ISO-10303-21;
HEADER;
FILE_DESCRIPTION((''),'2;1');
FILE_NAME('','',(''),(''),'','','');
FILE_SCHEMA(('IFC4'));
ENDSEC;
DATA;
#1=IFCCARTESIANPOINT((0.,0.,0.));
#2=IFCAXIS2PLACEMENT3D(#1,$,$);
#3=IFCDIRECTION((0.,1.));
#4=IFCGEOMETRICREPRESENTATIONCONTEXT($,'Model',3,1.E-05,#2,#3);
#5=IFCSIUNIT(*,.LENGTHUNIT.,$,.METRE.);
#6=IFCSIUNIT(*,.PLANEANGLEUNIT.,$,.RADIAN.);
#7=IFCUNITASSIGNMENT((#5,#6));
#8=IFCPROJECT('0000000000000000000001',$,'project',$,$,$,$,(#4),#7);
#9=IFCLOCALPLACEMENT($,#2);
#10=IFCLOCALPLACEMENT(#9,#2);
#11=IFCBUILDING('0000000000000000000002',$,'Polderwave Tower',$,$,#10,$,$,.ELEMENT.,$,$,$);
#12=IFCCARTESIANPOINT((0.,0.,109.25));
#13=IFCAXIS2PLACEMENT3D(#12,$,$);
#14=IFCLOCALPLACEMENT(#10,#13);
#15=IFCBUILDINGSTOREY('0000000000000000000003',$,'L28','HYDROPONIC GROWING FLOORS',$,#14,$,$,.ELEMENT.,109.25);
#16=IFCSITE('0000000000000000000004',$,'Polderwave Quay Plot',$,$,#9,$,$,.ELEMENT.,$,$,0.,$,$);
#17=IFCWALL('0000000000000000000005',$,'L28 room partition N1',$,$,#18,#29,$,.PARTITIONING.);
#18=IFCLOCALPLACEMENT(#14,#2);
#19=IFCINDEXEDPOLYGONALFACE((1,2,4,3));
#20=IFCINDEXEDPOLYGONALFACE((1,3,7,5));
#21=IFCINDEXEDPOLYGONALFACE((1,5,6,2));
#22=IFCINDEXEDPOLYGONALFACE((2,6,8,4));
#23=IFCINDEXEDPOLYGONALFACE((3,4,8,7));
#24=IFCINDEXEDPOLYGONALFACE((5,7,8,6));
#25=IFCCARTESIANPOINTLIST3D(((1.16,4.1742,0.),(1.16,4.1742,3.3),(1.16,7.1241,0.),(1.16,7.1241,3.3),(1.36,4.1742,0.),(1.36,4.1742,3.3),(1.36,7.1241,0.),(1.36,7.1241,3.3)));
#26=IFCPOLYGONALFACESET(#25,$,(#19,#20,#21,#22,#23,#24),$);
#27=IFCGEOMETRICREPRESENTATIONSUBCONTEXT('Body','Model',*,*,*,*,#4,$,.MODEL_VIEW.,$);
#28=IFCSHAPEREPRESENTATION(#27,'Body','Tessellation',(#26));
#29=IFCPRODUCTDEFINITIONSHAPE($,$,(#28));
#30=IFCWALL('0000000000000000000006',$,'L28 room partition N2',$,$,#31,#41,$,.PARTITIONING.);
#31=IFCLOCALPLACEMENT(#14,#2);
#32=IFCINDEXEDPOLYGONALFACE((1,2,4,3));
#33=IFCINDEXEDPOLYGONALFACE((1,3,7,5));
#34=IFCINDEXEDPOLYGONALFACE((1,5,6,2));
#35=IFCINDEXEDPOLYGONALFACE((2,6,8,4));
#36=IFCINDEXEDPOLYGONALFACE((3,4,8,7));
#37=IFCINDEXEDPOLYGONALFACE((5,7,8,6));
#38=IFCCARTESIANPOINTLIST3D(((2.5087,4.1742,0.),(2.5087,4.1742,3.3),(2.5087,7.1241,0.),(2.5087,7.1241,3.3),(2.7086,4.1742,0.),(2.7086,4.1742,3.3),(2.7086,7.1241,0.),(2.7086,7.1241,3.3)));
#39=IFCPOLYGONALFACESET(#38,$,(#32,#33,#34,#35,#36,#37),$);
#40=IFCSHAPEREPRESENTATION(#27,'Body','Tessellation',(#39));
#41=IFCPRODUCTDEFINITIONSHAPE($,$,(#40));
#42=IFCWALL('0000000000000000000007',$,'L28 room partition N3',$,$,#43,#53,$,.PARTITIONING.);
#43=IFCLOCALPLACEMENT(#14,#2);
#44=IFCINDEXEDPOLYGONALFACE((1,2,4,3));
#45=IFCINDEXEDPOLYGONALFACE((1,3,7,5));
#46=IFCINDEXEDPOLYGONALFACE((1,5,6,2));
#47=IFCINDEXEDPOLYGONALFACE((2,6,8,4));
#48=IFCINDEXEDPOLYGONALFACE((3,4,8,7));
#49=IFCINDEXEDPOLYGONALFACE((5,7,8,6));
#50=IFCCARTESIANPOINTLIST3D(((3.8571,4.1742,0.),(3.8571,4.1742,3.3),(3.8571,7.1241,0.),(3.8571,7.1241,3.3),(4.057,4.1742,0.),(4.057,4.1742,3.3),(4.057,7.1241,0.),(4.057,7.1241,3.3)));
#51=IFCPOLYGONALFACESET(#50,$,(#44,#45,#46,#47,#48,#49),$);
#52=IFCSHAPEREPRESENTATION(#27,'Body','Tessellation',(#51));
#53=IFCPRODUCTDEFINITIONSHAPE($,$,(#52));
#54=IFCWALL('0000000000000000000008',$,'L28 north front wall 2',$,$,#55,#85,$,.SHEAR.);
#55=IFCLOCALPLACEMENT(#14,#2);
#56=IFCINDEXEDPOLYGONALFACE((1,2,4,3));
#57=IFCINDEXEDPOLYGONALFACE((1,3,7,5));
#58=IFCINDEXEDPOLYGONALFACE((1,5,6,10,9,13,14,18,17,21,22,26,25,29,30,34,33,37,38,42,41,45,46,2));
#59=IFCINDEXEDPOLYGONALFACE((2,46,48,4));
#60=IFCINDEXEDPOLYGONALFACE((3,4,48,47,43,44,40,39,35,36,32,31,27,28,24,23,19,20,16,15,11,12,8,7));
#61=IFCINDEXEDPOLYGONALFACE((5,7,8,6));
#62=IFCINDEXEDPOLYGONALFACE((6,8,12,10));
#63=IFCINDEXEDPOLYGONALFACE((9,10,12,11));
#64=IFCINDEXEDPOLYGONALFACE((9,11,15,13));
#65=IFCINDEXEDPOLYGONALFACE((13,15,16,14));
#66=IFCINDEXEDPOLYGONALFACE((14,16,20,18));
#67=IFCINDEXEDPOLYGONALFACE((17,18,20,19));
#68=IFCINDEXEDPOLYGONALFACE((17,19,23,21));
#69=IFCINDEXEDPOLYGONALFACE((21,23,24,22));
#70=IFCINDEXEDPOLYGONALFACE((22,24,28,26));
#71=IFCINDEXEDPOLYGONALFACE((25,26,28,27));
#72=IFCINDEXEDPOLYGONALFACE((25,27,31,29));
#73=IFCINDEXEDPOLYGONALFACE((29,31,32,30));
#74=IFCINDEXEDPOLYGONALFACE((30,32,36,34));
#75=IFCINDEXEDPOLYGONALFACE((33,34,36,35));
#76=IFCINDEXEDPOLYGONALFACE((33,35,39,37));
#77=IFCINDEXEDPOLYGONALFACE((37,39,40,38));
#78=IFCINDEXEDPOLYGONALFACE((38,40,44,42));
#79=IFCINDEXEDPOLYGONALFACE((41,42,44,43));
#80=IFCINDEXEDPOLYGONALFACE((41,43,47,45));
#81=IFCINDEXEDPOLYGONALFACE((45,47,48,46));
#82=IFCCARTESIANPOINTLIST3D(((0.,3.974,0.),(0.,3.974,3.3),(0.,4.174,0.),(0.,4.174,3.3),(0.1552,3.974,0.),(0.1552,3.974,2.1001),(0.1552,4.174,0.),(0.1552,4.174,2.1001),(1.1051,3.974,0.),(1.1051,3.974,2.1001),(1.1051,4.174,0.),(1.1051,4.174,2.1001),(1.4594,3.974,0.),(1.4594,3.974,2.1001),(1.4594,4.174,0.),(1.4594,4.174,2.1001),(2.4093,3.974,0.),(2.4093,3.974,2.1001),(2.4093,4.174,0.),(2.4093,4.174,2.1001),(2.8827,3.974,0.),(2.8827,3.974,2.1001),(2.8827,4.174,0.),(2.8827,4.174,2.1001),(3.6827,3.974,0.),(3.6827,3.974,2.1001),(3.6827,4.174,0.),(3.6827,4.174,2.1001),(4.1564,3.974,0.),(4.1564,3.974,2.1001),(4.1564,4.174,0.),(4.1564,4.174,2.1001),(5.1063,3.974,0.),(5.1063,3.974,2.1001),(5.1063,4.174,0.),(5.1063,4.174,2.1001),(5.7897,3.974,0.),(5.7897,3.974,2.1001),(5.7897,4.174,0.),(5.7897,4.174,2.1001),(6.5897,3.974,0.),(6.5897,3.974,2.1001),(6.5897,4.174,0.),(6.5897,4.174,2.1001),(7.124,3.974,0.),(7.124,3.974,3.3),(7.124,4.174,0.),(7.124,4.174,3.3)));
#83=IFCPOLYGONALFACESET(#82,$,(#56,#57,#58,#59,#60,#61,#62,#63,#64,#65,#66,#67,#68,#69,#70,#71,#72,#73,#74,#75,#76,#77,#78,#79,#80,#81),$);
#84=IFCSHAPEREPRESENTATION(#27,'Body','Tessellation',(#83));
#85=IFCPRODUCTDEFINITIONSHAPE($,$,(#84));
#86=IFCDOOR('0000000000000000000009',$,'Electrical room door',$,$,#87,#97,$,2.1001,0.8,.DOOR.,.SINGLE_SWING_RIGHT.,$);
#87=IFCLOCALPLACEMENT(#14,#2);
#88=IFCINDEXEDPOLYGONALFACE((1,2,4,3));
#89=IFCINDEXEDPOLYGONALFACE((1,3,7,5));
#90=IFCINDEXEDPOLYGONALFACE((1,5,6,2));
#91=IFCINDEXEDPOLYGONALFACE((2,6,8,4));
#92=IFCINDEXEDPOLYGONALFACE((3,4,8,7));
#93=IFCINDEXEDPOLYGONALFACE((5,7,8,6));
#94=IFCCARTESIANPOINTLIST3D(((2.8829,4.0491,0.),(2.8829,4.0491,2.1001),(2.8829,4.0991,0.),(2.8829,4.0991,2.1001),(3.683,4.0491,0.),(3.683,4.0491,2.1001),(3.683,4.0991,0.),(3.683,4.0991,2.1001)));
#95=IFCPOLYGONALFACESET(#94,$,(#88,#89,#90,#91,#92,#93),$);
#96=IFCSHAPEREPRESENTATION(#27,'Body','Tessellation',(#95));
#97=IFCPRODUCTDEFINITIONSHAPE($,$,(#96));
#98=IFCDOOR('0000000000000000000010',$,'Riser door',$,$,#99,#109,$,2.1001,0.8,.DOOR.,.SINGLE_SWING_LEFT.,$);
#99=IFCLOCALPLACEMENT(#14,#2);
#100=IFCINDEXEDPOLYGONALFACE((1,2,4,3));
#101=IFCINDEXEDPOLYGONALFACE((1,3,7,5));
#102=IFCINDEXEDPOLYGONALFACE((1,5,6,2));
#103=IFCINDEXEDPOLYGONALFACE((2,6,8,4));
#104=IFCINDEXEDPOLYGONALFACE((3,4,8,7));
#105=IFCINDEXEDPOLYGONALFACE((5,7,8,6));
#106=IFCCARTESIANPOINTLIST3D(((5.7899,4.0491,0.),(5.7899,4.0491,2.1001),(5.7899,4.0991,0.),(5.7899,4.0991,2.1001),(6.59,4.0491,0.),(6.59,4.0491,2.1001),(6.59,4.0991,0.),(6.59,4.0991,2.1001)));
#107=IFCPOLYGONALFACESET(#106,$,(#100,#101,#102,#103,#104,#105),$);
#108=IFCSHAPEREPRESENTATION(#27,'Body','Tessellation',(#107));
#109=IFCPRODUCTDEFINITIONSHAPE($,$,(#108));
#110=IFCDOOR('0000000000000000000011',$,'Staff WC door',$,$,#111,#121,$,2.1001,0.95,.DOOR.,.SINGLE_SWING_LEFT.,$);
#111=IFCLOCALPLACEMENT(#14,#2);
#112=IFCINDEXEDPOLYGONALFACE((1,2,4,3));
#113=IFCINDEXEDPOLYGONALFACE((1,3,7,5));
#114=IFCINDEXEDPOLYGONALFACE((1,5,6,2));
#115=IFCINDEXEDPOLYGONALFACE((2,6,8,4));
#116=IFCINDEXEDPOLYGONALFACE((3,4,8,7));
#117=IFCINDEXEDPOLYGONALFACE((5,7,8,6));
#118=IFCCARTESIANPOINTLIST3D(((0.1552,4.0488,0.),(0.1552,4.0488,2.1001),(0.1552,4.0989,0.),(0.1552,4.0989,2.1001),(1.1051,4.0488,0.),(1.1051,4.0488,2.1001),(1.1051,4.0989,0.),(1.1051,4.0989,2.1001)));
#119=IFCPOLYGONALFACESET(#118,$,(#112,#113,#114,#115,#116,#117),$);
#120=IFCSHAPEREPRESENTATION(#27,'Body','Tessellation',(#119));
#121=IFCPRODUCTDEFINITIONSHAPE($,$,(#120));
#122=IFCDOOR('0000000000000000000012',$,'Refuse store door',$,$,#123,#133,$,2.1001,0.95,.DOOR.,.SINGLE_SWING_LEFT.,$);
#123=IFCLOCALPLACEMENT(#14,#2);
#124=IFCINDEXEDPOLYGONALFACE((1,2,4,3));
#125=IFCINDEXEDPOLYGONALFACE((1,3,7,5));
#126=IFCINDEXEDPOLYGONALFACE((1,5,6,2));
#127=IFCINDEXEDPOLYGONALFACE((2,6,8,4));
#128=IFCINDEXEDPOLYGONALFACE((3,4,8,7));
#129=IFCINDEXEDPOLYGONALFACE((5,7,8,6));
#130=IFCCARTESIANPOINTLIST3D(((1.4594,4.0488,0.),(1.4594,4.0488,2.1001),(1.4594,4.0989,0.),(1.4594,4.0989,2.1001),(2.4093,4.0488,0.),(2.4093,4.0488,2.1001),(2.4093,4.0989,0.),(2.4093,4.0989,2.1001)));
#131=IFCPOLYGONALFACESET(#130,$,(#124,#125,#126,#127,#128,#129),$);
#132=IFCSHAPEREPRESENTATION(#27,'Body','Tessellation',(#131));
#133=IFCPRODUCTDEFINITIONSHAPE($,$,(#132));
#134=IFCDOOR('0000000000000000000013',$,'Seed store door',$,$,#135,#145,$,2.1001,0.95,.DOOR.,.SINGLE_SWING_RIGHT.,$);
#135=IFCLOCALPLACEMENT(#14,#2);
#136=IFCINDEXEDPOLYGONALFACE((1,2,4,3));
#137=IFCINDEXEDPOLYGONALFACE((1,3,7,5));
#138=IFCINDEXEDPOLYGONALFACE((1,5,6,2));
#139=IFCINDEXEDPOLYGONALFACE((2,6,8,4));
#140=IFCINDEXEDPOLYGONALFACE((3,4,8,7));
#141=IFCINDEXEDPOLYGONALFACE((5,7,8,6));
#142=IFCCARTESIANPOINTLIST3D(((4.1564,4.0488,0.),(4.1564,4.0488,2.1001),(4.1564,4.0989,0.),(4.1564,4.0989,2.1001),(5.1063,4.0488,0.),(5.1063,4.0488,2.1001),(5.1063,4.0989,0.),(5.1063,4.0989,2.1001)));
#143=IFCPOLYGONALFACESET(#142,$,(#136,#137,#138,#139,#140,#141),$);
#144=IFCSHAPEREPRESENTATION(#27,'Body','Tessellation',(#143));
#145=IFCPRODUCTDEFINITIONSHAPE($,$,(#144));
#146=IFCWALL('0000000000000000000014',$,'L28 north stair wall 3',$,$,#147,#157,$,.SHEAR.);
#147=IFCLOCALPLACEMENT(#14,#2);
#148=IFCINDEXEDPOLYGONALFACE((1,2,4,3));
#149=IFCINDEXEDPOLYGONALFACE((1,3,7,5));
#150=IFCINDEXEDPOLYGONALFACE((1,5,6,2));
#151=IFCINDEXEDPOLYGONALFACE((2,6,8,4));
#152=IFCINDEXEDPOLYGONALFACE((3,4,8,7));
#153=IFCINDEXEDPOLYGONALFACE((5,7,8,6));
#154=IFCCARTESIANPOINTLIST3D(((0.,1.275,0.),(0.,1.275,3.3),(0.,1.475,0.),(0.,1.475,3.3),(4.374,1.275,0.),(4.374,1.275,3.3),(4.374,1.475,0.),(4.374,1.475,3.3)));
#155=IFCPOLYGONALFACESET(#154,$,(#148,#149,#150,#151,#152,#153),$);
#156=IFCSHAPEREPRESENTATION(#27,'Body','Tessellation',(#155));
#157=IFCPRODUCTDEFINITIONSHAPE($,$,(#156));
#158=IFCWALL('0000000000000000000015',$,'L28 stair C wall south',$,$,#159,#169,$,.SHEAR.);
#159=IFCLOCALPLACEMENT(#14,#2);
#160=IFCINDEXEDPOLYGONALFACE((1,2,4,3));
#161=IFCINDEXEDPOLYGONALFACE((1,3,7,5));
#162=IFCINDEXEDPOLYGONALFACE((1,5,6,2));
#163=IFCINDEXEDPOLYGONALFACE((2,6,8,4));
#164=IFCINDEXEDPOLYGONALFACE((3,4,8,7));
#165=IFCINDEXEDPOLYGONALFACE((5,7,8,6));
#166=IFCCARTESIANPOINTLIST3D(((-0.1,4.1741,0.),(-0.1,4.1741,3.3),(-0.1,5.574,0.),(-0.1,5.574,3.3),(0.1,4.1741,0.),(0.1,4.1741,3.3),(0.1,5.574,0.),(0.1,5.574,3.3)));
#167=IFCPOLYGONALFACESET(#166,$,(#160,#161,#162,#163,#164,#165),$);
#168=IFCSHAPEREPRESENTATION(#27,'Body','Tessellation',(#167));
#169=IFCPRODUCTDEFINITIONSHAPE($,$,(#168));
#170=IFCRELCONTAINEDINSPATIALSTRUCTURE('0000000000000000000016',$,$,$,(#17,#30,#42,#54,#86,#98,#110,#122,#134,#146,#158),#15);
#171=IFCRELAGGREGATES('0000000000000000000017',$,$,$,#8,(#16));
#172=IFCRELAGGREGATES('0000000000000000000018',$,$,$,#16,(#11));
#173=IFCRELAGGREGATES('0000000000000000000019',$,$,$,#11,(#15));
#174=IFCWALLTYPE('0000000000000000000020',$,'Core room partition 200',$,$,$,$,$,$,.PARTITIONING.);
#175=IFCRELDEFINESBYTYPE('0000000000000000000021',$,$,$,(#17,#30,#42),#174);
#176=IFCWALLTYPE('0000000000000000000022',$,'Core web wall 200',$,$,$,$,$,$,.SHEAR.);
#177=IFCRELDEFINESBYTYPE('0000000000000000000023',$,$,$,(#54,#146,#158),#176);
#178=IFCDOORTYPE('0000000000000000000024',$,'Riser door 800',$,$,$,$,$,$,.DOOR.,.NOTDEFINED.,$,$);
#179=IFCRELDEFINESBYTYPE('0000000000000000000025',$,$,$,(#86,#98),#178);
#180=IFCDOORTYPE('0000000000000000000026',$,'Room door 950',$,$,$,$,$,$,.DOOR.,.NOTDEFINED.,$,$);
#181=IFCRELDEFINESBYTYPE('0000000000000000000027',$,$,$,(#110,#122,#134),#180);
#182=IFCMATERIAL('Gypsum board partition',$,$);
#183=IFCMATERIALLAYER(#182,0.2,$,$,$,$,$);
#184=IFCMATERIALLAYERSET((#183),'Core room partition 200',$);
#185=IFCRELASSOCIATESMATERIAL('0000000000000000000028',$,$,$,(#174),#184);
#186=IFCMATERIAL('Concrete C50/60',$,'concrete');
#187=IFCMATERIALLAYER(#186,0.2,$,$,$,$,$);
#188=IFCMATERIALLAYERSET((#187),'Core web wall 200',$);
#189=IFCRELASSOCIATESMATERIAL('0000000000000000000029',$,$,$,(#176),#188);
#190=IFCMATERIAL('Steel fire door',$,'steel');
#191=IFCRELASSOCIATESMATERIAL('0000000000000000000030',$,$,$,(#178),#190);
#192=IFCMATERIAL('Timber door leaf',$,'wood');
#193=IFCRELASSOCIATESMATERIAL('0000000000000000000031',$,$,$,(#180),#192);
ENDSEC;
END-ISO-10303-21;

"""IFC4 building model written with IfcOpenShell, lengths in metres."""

from ifc_helpers import new_model, si_unit, direction, frame, frame_2d, origin, place, context, subcontext, project, spatial, rectangle, extrude, material, layer, layer_set, type_object, element, fill, save


model = new_model("IFC4")

# Units and contexts
model_context = context("Model", 3, precision=1e-05, world=origin(), true_north=direction((0.0, 1.0)))
body_context = subcontext(model_context, "Body", "Model", "MODEL_VIEW")
ifc_project = project(units=[si_unit("LENGTHUNIT", "METRE"), si_unit("PLANEANGLEUNIT", "RADIAN")], contexts=[model_context])

# Site, building, storey
site_placement = place(None, origin())
site = spatial("IfcSite", under=ifc_project, at=site_placement, Name="Polderwave Quay Plot", CompositionType="ELEMENT", RefElevation=0.0)
building_placement = place(site_placement, origin())
building = spatial("IfcBuilding", under=site, at=building_placement, Name="Polderwave Tower", CompositionType="ELEMENT")
storey_placement = place(building_placement, frame((0.0, 0.0, 109.25)))
storey = spatial("IfcBuildingStorey", under=building, at=storey_placement, Name="L28", Description="HYDROPONIC GROWING FLOORS", CompositionType="ELEMENT", Elevation=109.25)

# Walls
ifc_material_1 = material(Name="Gypsum board partition")
ifc_layer_1 = layer(ifc_material_1, 0.2)
ifc_layer_set_1 = layer_set([ifc_layer_1], Name="Core room partition 200")
wall_type_1 = type_object("IfcWallType", Name="Core room partition 200", PredefinedType="PARTITIONING", material=ifc_layer_set_1)
for number, where, z_axis, x_axis, name in (
    (1, (1.26, 4.1741, 0.0), (0.0, 0.0, 1.0), (0.0, 1.0, 0.0), "L28 room partition N1"),
    (2, (2.6086, 4.1741, 0.0), (0.0, 0.0, 1.0), (0.0, 1.0, 0.0), "L28 room partition N2"),
    (3, (3.957, 4.1741, 0.0), (0.0, 0.0, 1.0), (0.0, 1.0, 0.0), "L28 room partition N3"),
):
    element("IfcWall", number, at=place(storey_placement, frame(where, z_axis=z_axis, x_axis=x_axis)), inside=storey, type_object=wall_type_1, Name=name, PredefinedType="PARTITIONING", context=body_context, shape_type="SweptSolid", body=[
        extrude(rectangle(XDim=2.95, YDim=0.2, at=frame_2d((1.4751, 0.0))), origin(), (0.0, 0.0, 1.0), 3.3),
    ])

# Wall, openings, doors
ifc_material_2 = material(Name="Concrete C50/60", Category="concrete")
ifc_layer_2 = layer(ifc_material_2, 0.2)
ifc_layer_set_2 = layer_set([ifc_layer_2], Name="Core web wall 200")
wall_type_2 = type_object("IfcWallType", Name="Core web wall 200", PredefinedType="SHEAR", material=ifc_layer_set_2)
wall_1_placement = place(storey_placement, frame((0.0, 4.074, 0.0), z_axis=(0.0, 0.0, 1.0), x_axis=(1.0, 0.0, 0.0)))
wall_1 = element("IfcWall", 4, at=wall_1_placement, inside=storey, type_object=wall_type_2, Name="L28 north front wall 2", PredefinedType="SHEAR", context=body_context, shape_type="SweptSolid", body=[
    extrude(rectangle(XDim=7.124, YDim=0.2, at=frame_2d((3.562, 0.0))), origin(), (0.0, 0.0, 1.0), 3.3),
])
opening_1_placement = place(wall_1_placement, frame((0.155, 0.0, 0.0)))
opening_1 = element("IfcOpeningElement", 5, at=opening_1_placement, cuts=wall_1, PredefinedType="OPENING", context=body_context, shape_type="SweptSolid", body=[
    extrude(rectangle(XDim=0.95, YDim=2.1001, at=frame_2d((0.4751, 1.05))), frame((0.0, 0.1099, 0.0), z_axis=(0.0, -1.0, 0.0), x_axis=(1.0, 0.0, 0.0)), (0.0, 0.0, 1.0), 0.22),
])
opening_2_placement = place(wall_1_placement, frame((1.4592, 0.0, 0.0)))
opening_2 = element("IfcOpeningElement", 6, at=opening_2_placement, cuts=wall_1, PredefinedType="OPENING", context=body_context, shape_type="SweptSolid", body=[
    extrude(rectangle(XDim=0.95, YDim=2.1001, at=frame_2d((0.4751, 1.05))), frame((0.0, 0.1099, 0.0), z_axis=(0.0, -1.0, 0.0), x_axis=(1.0, 0.0, 0.0)), (0.0, 0.0, 1.0), 0.22),
])
opening_3_placement = place(wall_1_placement, frame((2.8828, 0.0, 0.0)))
opening_3 = element("IfcOpeningElement", 7, at=opening_3_placement, cuts=wall_1, PredefinedType="OPENING", context=body_context, shape_type="SweptSolid", body=[
    extrude(rectangle(XDim=0.8, YDim=2.1001, at=frame_2d((0.3999, 1.05))), frame((0.0, 0.1099, 0.0), z_axis=(0.0, -1.0, 0.0), x_axis=(1.0, 0.0, 0.0)), (0.0, 0.0, 1.0), 0.22),
])
opening_4_placement = place(wall_1_placement, frame((4.1562, 0.0, 0.0)))
opening_4 = element("IfcOpeningElement", 8, at=opening_4_placement, cuts=wall_1, PredefinedType="OPENING", context=body_context, shape_type="SweptSolid", body=[
    extrude(rectangle(XDim=0.95, YDim=2.1001, at=frame_2d((0.4751, 1.05))), frame((0.0, 0.1099, 0.0), z_axis=(0.0, -1.0, 0.0), x_axis=(1.0, 0.0, 0.0)), (0.0, 0.0, 1.0), 0.22),
])
opening_5_placement = place(wall_1_placement, frame((5.7898, 0.0, 0.0)))
opening_5 = element("IfcOpeningElement", 9, at=opening_5_placement, cuts=wall_1, PredefinedType="OPENING", context=body_context, shape_type="SweptSolid", body=[
    extrude(rectangle(XDim=0.8, YDim=2.1001, at=frame_2d((0.3999, 1.05))), frame((0.0, 0.1099, 0.0), z_axis=(0.0, -1.0, 0.0), x_axis=(1.0, 0.0, 0.0)), (0.0, 0.0, 1.0), 0.22),
])
ifc_material_3 = material(Name="Steel fire door", Category="steel")
door_type_1 = type_object("IfcDoorType", Name="Riser door 800", OperationType="NOTDEFINED", PredefinedType="DOOR", material=ifc_material_3)
door_1_placement = place(opening_3_placement, frame((0.8, 0.0, 0.0), z_axis=(0.0, 0.0, 1.0), x_axis=(-1.0, 0.0, 0.0)))
door_1 = element("IfcDoor", 10, at=door_1_placement, inside=storey, type_object=door_type_1, Name="Electrical room door", OperationType="SINGLE_SWING_RIGHT", OverallHeight=2.1001, OverallWidth=0.8, PredefinedType="DOOR", context=body_context, shape_type="SweptSolid", body=[
    extrude(rectangle(XDim=0.8, YDim=2.1001, at=frame_2d((0.3999, 1.05))), frame((0.0, 0.0249, 0.0), z_axis=(0.0, -1.0, 0.0), x_axis=(1.0, 0.0, 0.0)), (0.0, 0.0, 1.0), 0.05),
])
fill(opening_3, door_1)
door_2_placement = place(opening_5_placement, frame((0.8, 0.0, 0.0), z_axis=(0.0, 0.0, 1.0), x_axis=(-1.0, 0.0, 0.0)))
door_2 = element("IfcDoor", 11, at=door_2_placement, inside=storey, type_object=door_type_1, Name="Riser door", OperationType="SINGLE_SWING_LEFT", OverallHeight=2.1001, OverallWidth=0.8, PredefinedType="DOOR", context=body_context, shape_type="SweptSolid", body=[
    extrude(rectangle(XDim=0.8, YDim=2.1001, at=frame_2d((0.3999, 1.05))), frame((0.0, 0.0249, 0.0), z_axis=(0.0, -1.0, 0.0), x_axis=(1.0, 0.0, 0.0)), (0.0, 0.0, 1.0), 0.05),
])
fill(opening_5, door_2)
ifc_material_4 = material(Name="Timber door leaf", Category="wood")
door_type_2 = type_object("IfcDoorType", Name="Room door 950", OperationType="NOTDEFINED", PredefinedType="DOOR", material=ifc_material_4)
door_3_placement = place(opening_1_placement, origin())
door_3 = element("IfcDoor", 12, at=door_3_placement, inside=storey, type_object=door_type_2, Name="Staff WC door", OperationType="SINGLE_SWING_LEFT", OverallHeight=2.1001, OverallWidth=0.95, PredefinedType="DOOR", context=body_context, shape_type="SweptSolid", body=[
    extrude(rectangle(XDim=0.95, YDim=2.1001, at=frame_2d((0.4751, 1.05))), frame((0.0, 0.0249, 0.0), z_axis=(0.0, -1.0, 0.0), x_axis=(1.0, 0.0, 0.0)), (0.0, 0.0, 1.0), 0.05),
])
fill(opening_1, door_3)
door_4_placement = place(opening_2_placement, origin())
door_4 = element("IfcDoor", 13, at=door_4_placement, inside=storey, type_object=door_type_2, Name="Refuse store door", OperationType="SINGLE_SWING_LEFT", OverallHeight=2.1001, OverallWidth=0.95, PredefinedType="DOOR", context=body_context, shape_type="SweptSolid", body=[
    extrude(rectangle(XDim=0.95, YDim=2.1001, at=frame_2d((0.4751, 1.05))), frame((0.0, 0.0249, 0.0), z_axis=(0.0, -1.0, 0.0), x_axis=(1.0, 0.0, 0.0)), (0.0, 0.0, 1.0), 0.05),
])
fill(opening_2, door_4)
door_5_placement = place(opening_4_placement, origin())
door_5 = element("IfcDoor", 14, at=door_5_placement, inside=storey, type_object=door_type_2, Name="Seed store door", OperationType="SINGLE_SWING_RIGHT", OverallHeight=2.1001, OverallWidth=0.95, PredefinedType="DOOR", context=body_context, shape_type="SweptSolid", body=[
    extrude(rectangle(XDim=0.95, YDim=2.1001, at=frame_2d((0.4751, 1.05))), frame((0.0, 0.0249, 0.0), z_axis=(0.0, -1.0, 0.0), x_axis=(1.0, 0.0, 0.0)), (0.0, 0.0, 1.0), 0.05),
])
fill(opening_4, door_5)

# Walls
wall_2_placement = place(storey_placement, frame((0.0, 1.375, 0.0), z_axis=(0.0, 0.0, 1.0), x_axis=(1.0, 0.0, 0.0)))
element("IfcWall", 15, at=wall_2_placement, inside=storey, type_object=wall_type_2, Name="L28 north stair wall 3", PredefinedType="SHEAR", context=body_context, shape_type="SweptSolid", body=[
    extrude(rectangle(XDim=4.374, YDim=0.2, at=frame_2d((2.187, 0.0))), origin(), (0.0, 0.0, 1.0), 3.3),
])
wall_3_placement = place(storey_placement, frame((0.0, 4.1741, 0.0), z_axis=(0.0, 0.0, 1.0), x_axis=(0.0, 1.0, 0.0)))
element("IfcWall", 16, at=wall_3_placement, inside=storey, type_object=wall_type_2, Name="L28 stair C wall south", PredefinedType="SHEAR", context=body_context, shape_type="SweptSolid", body=[
    extrude(rectangle(XDim=1.3999, YDim=0.2, at=frame_2d((0.7, 0.0))), origin(), (0.0, 0.0, 1.0), 3.3),
])

save(model, "model.ifc")
